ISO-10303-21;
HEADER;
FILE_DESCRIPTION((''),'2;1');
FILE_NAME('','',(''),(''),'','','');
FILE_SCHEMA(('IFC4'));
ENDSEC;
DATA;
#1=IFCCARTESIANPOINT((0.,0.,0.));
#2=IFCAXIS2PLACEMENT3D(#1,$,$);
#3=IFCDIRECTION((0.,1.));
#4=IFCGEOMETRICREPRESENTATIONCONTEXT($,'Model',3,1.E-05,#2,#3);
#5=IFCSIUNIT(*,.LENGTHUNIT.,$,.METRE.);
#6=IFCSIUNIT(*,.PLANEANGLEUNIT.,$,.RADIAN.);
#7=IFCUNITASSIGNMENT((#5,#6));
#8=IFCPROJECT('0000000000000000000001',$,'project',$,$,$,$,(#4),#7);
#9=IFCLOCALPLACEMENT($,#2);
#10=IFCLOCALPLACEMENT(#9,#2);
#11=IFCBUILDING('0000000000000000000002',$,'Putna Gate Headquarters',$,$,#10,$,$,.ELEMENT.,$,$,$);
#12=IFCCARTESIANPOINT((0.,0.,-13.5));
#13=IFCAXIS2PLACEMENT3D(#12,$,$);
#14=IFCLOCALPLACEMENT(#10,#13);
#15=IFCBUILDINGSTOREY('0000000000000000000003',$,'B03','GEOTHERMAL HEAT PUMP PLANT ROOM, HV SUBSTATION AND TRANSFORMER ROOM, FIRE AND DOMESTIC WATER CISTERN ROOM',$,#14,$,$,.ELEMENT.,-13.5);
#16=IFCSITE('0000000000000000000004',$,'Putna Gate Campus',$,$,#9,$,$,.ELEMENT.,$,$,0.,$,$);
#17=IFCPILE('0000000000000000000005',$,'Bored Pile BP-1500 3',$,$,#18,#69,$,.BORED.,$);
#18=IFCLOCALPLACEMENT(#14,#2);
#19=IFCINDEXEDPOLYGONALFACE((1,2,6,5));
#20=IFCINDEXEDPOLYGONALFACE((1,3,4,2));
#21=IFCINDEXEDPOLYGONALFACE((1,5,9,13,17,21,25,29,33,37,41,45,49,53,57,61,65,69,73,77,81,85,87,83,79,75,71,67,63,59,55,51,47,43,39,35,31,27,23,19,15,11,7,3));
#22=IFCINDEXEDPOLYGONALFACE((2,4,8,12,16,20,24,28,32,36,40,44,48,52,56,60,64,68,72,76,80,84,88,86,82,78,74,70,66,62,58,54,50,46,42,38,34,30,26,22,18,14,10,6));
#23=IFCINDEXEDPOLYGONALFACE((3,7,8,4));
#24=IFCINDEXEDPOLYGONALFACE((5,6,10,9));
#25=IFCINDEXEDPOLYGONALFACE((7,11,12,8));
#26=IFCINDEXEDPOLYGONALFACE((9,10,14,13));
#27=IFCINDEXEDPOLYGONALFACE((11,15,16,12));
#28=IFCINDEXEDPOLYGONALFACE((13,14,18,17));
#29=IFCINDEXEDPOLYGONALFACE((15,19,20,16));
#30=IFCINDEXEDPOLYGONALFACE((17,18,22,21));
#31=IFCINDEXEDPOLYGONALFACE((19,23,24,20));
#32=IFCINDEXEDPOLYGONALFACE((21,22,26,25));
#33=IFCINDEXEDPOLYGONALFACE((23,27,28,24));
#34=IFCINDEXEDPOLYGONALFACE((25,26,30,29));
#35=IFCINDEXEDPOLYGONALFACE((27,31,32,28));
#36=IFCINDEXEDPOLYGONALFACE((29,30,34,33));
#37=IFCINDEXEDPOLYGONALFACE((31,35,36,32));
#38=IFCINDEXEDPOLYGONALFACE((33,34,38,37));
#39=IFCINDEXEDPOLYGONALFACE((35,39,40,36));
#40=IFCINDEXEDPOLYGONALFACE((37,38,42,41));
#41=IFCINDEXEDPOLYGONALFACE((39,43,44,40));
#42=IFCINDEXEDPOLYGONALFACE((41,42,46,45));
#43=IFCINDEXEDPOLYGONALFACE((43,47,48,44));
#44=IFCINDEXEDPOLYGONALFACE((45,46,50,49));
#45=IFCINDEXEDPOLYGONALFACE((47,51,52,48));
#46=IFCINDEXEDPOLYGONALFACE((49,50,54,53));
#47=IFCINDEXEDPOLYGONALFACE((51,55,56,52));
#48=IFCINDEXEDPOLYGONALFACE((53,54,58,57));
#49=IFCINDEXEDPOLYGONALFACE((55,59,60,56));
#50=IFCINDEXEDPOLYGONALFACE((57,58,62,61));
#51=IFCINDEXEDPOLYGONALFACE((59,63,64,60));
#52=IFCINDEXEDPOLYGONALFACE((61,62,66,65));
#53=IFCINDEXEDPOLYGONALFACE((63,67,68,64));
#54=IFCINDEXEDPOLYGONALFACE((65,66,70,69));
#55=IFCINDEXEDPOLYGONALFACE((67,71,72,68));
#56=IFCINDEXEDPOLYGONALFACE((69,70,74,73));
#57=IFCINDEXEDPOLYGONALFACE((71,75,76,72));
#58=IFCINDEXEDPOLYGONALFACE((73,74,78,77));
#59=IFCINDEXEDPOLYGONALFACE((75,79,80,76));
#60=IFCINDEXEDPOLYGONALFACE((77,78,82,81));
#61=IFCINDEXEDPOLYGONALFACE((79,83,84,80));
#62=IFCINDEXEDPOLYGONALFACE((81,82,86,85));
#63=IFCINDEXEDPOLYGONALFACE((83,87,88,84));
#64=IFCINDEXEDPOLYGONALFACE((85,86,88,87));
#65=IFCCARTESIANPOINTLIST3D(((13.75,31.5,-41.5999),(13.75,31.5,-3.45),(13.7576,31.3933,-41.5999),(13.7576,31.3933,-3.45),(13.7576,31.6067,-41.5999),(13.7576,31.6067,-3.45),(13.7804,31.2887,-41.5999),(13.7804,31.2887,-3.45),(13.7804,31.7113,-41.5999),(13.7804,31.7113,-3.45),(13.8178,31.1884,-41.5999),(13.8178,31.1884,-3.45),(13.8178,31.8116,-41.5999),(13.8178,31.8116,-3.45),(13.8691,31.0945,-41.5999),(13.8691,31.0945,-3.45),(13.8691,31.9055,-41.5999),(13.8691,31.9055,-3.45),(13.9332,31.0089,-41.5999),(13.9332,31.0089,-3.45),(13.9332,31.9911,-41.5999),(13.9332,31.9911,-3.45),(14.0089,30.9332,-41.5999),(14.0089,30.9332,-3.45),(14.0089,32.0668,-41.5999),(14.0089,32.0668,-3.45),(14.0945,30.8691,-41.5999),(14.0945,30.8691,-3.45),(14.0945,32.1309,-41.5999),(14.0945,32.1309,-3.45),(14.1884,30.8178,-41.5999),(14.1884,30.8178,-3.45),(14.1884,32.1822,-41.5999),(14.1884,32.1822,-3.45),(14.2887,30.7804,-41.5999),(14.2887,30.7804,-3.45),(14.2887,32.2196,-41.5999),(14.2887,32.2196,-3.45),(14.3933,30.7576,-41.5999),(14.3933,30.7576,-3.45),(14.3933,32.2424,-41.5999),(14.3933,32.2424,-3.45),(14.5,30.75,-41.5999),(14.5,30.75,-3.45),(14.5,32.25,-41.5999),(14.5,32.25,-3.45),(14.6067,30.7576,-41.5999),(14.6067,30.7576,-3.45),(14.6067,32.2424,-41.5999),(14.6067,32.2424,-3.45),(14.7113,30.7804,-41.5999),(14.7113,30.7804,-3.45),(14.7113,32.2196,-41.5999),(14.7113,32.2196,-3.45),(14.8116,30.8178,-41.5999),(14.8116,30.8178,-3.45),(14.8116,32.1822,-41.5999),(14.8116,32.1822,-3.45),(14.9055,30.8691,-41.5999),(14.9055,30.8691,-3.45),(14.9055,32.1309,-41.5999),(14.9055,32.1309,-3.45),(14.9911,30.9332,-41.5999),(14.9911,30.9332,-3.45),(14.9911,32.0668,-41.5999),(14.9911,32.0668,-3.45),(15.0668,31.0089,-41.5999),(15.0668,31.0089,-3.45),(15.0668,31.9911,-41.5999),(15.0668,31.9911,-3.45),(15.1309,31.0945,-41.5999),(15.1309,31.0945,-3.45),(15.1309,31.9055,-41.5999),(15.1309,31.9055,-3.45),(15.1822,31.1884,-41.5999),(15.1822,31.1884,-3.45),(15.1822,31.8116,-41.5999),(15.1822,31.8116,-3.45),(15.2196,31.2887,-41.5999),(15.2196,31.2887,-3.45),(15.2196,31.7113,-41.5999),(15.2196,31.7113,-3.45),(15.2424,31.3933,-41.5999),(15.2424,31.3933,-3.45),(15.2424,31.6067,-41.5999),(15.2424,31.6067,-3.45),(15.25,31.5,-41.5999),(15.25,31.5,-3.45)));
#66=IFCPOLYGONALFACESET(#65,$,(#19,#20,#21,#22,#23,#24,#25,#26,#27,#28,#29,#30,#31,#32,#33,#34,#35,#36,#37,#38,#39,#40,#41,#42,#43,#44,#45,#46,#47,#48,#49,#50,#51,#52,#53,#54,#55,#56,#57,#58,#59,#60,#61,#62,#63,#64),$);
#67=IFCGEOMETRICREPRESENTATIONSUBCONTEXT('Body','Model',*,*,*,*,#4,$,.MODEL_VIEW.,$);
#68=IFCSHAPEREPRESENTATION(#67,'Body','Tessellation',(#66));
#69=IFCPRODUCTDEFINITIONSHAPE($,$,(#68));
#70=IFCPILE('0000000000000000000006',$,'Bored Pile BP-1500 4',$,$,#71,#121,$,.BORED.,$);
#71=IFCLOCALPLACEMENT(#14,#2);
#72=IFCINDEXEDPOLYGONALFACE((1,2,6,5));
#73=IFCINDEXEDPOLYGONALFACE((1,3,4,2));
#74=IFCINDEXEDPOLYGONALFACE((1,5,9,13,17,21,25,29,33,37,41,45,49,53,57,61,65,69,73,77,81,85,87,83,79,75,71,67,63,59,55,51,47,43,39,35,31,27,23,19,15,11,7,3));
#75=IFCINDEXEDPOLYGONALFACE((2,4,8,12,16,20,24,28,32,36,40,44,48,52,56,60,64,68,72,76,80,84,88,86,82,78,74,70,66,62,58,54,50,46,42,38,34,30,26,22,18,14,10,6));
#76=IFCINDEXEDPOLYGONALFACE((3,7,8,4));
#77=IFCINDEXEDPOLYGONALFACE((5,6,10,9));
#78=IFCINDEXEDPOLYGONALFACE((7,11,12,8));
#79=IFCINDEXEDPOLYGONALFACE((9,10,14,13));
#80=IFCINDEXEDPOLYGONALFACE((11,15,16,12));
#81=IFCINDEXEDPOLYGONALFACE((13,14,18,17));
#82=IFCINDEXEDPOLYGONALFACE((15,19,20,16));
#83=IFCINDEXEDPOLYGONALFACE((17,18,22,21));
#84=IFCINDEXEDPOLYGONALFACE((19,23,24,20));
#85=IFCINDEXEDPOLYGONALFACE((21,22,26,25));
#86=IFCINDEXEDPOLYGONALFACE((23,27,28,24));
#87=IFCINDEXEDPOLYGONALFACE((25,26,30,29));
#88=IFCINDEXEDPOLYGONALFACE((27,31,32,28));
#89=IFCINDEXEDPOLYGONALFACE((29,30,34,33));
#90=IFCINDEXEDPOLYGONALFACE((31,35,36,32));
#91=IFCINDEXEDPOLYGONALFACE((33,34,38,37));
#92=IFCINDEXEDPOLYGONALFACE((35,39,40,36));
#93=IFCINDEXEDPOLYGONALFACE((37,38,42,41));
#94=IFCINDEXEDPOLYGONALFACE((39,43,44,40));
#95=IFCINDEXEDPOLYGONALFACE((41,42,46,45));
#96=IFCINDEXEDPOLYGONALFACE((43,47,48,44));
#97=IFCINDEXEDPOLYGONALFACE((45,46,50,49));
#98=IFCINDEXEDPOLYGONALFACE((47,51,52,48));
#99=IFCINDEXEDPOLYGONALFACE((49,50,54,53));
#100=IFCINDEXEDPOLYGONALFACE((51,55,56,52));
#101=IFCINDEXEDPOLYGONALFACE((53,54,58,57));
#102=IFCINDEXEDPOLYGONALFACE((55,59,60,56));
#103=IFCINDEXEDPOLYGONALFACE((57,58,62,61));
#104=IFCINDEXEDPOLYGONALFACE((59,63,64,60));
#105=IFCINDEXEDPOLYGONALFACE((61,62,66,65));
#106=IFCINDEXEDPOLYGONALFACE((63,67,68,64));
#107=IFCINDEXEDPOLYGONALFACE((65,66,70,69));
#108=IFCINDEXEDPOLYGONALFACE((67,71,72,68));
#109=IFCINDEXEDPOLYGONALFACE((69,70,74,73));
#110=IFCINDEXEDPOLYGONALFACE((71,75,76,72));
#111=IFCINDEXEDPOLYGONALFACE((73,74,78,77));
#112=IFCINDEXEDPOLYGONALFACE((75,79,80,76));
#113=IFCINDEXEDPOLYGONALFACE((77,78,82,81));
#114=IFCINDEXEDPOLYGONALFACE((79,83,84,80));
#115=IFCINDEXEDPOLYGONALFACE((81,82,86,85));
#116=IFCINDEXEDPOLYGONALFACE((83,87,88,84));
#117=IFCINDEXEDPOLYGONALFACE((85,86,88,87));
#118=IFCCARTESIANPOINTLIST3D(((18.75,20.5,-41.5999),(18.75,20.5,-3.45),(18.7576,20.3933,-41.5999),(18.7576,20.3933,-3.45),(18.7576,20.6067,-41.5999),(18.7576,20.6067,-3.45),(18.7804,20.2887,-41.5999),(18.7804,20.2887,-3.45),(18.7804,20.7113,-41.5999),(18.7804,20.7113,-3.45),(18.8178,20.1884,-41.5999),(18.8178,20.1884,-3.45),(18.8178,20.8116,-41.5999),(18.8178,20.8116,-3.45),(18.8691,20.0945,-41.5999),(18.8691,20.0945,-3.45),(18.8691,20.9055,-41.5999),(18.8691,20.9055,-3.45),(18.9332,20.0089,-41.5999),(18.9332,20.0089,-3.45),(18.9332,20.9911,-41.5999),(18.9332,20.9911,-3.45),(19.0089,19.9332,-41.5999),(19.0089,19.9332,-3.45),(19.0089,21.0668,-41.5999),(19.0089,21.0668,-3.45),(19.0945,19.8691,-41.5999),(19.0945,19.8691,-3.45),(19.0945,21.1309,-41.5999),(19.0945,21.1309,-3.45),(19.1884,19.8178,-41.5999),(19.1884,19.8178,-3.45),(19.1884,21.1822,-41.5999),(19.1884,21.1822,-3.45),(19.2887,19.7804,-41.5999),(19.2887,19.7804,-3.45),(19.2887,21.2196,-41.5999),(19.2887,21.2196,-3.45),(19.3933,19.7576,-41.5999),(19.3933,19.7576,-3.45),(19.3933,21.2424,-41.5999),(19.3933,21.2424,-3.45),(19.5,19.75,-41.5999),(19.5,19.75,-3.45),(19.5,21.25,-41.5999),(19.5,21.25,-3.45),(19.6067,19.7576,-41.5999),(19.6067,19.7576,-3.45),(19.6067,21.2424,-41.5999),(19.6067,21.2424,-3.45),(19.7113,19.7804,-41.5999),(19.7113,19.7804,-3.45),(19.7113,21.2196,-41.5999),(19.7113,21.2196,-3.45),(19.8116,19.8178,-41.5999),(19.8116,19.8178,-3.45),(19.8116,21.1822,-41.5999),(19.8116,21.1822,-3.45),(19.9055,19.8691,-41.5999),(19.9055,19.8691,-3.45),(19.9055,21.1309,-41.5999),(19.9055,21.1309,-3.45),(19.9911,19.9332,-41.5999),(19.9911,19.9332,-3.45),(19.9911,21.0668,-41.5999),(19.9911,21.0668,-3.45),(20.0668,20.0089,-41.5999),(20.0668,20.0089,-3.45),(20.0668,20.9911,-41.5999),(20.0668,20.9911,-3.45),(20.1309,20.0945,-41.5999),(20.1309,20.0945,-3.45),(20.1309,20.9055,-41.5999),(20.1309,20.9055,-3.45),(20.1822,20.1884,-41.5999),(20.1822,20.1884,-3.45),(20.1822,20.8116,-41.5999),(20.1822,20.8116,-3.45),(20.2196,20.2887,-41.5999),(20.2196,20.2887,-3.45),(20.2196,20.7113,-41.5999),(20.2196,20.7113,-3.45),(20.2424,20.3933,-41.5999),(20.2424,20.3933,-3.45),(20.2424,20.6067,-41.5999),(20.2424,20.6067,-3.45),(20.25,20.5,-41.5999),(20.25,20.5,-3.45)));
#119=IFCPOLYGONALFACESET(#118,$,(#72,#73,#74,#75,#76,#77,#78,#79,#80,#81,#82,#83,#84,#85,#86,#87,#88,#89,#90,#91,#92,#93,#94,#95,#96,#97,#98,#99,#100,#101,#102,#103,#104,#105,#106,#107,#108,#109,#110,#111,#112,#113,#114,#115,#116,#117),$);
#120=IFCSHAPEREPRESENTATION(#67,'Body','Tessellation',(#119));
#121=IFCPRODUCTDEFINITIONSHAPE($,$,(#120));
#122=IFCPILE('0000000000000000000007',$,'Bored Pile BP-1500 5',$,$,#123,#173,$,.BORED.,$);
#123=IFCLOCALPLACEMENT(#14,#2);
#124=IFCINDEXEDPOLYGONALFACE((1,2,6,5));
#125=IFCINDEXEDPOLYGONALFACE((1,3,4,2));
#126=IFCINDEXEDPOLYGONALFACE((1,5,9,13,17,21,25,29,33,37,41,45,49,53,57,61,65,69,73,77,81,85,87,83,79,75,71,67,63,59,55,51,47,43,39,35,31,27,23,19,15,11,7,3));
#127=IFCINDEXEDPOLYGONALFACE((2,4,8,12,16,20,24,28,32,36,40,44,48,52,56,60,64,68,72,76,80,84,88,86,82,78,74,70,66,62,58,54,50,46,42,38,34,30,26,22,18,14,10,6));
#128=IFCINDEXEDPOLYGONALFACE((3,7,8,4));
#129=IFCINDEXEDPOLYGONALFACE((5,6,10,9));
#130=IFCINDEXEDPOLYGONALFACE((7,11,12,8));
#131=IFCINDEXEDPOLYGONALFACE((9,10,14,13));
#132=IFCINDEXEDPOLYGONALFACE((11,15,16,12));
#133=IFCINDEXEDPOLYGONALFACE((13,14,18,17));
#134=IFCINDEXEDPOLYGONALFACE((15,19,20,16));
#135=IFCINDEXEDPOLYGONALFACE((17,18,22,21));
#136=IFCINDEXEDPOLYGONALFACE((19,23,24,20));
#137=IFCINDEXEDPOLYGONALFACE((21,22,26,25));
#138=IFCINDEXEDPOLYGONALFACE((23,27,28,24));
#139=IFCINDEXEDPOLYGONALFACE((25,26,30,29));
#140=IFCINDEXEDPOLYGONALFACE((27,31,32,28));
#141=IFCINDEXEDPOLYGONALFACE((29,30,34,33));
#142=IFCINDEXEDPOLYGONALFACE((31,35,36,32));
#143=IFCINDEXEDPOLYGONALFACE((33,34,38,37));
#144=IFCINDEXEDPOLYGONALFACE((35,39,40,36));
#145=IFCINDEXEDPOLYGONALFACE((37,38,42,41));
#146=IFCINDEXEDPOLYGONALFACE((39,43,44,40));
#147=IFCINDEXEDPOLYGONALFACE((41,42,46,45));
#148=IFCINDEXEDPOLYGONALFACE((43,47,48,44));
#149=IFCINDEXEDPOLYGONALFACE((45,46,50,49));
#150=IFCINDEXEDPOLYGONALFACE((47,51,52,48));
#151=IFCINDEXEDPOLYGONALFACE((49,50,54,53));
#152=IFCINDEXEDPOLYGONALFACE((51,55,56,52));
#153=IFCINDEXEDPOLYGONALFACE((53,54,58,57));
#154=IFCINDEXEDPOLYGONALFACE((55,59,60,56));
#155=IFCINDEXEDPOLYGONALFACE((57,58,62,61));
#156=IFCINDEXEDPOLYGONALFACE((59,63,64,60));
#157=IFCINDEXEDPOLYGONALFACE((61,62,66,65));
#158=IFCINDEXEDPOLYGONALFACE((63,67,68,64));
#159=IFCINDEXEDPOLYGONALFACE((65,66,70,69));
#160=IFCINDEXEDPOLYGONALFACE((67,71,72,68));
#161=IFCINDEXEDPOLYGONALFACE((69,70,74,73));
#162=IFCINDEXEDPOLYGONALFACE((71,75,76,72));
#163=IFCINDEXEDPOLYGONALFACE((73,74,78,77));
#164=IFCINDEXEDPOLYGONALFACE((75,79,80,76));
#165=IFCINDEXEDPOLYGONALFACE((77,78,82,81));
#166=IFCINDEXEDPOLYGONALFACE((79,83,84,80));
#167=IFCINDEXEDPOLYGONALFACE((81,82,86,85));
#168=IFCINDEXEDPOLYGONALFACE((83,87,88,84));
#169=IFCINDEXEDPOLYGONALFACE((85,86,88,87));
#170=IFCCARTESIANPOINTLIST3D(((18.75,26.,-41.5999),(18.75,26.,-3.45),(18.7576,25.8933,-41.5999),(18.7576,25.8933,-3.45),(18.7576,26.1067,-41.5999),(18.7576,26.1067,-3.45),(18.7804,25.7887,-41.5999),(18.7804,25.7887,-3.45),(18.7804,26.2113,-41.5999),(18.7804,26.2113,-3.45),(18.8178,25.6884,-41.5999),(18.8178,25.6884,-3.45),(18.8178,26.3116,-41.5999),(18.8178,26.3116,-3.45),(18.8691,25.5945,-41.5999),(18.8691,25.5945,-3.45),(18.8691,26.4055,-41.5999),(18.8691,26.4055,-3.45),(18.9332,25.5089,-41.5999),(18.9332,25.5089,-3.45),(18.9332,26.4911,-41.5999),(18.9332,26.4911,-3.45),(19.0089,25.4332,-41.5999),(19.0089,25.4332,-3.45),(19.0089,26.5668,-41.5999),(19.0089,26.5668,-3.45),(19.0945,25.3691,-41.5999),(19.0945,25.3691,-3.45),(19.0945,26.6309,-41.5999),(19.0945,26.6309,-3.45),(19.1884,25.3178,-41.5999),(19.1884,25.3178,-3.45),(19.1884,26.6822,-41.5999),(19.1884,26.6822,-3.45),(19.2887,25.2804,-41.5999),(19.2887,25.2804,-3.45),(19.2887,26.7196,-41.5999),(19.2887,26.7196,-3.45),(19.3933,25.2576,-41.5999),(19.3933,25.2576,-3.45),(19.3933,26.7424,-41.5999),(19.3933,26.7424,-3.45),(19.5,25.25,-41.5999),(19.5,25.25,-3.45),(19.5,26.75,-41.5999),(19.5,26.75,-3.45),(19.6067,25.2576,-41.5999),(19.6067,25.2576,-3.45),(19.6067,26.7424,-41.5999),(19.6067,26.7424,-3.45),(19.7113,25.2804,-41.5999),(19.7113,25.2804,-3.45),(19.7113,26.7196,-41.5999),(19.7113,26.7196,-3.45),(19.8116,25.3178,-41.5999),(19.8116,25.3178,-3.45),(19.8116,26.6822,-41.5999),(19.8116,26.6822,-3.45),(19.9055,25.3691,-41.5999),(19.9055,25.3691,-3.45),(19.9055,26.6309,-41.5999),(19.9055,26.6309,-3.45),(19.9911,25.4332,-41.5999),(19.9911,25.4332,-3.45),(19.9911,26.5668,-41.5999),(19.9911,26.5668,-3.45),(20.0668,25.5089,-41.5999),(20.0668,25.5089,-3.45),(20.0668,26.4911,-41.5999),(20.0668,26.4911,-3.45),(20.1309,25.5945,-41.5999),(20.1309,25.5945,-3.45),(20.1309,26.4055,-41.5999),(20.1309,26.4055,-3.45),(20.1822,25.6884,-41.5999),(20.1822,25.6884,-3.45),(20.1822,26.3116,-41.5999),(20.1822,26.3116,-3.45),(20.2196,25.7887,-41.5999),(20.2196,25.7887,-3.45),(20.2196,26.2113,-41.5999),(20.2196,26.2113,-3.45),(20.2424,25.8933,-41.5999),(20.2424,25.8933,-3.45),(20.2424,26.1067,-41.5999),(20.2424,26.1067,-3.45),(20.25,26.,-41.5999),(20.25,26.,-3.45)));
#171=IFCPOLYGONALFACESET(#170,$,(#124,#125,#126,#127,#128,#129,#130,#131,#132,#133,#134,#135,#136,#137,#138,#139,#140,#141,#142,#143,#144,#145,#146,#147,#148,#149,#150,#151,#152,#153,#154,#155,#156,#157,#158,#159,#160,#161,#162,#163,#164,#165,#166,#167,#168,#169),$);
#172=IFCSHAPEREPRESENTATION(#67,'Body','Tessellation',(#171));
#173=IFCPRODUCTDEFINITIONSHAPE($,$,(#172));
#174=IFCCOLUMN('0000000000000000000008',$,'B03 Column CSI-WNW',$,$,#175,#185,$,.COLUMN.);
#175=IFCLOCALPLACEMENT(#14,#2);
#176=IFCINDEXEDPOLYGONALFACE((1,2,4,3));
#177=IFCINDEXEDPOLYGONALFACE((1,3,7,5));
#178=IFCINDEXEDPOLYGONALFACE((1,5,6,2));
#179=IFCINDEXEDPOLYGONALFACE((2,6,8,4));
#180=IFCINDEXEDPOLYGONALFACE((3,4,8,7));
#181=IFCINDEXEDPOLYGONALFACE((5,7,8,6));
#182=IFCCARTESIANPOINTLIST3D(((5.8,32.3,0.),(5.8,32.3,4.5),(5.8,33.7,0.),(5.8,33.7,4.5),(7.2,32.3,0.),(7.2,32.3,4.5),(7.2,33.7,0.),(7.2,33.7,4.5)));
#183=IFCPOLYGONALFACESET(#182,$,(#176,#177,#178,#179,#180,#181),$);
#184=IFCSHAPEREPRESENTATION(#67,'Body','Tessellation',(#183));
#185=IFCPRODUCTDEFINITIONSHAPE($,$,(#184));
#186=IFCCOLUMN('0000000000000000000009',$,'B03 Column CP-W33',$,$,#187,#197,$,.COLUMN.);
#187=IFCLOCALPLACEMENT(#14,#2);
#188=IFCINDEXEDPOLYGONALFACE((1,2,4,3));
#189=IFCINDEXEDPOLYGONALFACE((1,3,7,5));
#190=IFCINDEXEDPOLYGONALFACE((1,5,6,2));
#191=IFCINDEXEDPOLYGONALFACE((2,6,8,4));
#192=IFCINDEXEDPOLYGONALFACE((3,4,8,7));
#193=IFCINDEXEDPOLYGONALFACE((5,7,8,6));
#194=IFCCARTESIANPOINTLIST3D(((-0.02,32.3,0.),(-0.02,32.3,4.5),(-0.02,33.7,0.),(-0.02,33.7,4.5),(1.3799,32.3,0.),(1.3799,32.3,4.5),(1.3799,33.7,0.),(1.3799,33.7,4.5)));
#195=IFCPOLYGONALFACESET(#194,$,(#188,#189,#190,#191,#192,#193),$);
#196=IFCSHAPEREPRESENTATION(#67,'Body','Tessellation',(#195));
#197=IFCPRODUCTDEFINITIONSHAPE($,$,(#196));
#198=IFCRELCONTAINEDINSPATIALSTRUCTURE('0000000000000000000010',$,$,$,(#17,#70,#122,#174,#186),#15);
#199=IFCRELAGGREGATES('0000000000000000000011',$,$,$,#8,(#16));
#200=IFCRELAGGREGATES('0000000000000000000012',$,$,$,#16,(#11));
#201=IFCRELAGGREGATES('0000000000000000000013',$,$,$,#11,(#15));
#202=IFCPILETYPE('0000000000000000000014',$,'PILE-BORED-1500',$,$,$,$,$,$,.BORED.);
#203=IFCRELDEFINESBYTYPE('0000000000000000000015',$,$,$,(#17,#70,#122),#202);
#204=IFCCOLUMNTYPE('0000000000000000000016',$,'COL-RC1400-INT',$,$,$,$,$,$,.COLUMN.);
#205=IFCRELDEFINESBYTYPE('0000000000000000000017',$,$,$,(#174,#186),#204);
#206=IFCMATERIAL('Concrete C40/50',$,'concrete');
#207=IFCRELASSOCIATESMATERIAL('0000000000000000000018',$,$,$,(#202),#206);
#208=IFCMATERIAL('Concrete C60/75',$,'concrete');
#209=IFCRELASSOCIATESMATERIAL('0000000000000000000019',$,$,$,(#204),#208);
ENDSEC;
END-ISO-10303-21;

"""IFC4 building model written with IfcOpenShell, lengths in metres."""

from ifc_helpers import new_model, si_unit, direction, frame, origin, origin_2d, place, context, subcontext, project, spatial, rectangle, circle, extrude, material, material_profile, profile_set, type_object, element, save


model = new_model("IFC4")

# Units and contexts
model_context = context("Model", 3, precision=1e-05, world=origin(), true_north=direction((0.0, 1.0)))
body_context = subcontext(model_context, "Body", "Model", "MODEL_VIEW")
ifc_project = project(units=[si_unit("LENGTHUNIT", "METRE"), si_unit("PLANEANGLEUNIT", "RADIAN")], contexts=[model_context])

# Site, building, storey
site_placement = place(None, origin())
site = spatial("IfcSite", under=ifc_project, at=site_placement, Name="Putna Gate Campus", CompositionType="ELEMENT", RefElevation=0.0)
building_placement = place(site_placement, origin())
building = spatial("IfcBuilding", under=site, at=building_placement, Name="Putna Gate Headquarters", CompositionType="ELEMENT")
storey_placement = place(building_placement, frame((0.0, 0.0, -13.5)))
storey = spatial("IfcBuildingStorey", under=building, at=storey_placement, Name="B03", Description="GEOTHERMAL HEAT PUMP PLANT ROOM, HV SUBSTATION AND TRANSFORMER ROOM, FIRE AND DOMESTIC WATER CISTERN ROOM", CompositionType="ELEMENT", Elevation=-13.5)

# Piles
ifc_material_1 = material(Name="Concrete C40/50", Category="concrete")
ifc_material_profile_1 = material_profile(ifc_material_1, circle(Radius=0.75, at=origin_2d()), Name="Concrete C40/50")
ifc_profile_set_1 = profile_set([ifc_material_profile_1], Name="Concrete C40/50")
pile_type_1 = type_object("IfcPileType", Name="PILE-BORED-1500", PredefinedType="BORED", material=ifc_profile_set_1)
for number, where, z_axis, x_axis, name in (
    (1, (14.5, 31.5, -3.45), (0.0, 0.0, -1.0), (1.0, 0.0, 0.0), "Bored Pile BP-1500 3"),
    (2, (19.5, 20.5, -3.45), (0.0, 0.0, -1.0), (1.0, 0.0, 0.0), "Bored Pile BP-1500 4"),
    (3, (19.5, 26.0, -3.45), (0.0, 0.0, -1.0), (1.0, 0.0, 0.0), "Bored Pile BP-1500 5"),
):
    element("IfcPile", number, at=place(storey_placement, frame(where, z_axis=z_axis, x_axis=x_axis)), inside=storey, type_object=pile_type_1, Name=name, PredefinedType="BORED", context=body_context, shape_type="SweptSolid", body=[
        extrude(circle(Radius=0.75, at=origin_2d()), origin(), (0.0, 0.0, 1.0), 38.1499),
    ])

# Columns
ifc_material_2 = material(Name="Concrete C60/75", Category="concrete")
ifc_material_profile_2 = material_profile(ifc_material_2, rectangle(XDim=1.3999, YDim=1.3999, at=origin_2d()), Name="Concrete C60/75")
ifc_profile_set_2 = profile_set([ifc_material_profile_2], Name="Concrete C60/75")
column_type = type_object("IfcColumnType", Name="COL-RC1400-INT", PredefinedType="COLUMN", material=ifc_profile_set_2)
for number, where, z_axis, x_axis, name in (
    (4, (6.5, 33.0, 0.0), (0.0, 0.0, 1.0), (1.0, 0.0, 0.0), "B03 Column CSI-WNW"),
    (5, (0.6799, 33.0, 0.0), (0.0, 0.0, 1.0), (1.0, 0.0, 0.0), "B03 Column CP-W33"),
):
    element("IfcColumn", number, at=place(storey_placement, frame(where, z_axis=z_axis, x_axis=x_axis)), inside=storey, type_object=column_type, Name=name, PredefinedType="COLUMN", context=body_context, shape_type="SweptSolid", body=[
        extrude(rectangle(XDim=1.3999, YDim=1.3999, at=origin_2d()), origin(), (0.0, 0.0, 1.0), 4.5),
    ])

save(model, "model.ifc")
